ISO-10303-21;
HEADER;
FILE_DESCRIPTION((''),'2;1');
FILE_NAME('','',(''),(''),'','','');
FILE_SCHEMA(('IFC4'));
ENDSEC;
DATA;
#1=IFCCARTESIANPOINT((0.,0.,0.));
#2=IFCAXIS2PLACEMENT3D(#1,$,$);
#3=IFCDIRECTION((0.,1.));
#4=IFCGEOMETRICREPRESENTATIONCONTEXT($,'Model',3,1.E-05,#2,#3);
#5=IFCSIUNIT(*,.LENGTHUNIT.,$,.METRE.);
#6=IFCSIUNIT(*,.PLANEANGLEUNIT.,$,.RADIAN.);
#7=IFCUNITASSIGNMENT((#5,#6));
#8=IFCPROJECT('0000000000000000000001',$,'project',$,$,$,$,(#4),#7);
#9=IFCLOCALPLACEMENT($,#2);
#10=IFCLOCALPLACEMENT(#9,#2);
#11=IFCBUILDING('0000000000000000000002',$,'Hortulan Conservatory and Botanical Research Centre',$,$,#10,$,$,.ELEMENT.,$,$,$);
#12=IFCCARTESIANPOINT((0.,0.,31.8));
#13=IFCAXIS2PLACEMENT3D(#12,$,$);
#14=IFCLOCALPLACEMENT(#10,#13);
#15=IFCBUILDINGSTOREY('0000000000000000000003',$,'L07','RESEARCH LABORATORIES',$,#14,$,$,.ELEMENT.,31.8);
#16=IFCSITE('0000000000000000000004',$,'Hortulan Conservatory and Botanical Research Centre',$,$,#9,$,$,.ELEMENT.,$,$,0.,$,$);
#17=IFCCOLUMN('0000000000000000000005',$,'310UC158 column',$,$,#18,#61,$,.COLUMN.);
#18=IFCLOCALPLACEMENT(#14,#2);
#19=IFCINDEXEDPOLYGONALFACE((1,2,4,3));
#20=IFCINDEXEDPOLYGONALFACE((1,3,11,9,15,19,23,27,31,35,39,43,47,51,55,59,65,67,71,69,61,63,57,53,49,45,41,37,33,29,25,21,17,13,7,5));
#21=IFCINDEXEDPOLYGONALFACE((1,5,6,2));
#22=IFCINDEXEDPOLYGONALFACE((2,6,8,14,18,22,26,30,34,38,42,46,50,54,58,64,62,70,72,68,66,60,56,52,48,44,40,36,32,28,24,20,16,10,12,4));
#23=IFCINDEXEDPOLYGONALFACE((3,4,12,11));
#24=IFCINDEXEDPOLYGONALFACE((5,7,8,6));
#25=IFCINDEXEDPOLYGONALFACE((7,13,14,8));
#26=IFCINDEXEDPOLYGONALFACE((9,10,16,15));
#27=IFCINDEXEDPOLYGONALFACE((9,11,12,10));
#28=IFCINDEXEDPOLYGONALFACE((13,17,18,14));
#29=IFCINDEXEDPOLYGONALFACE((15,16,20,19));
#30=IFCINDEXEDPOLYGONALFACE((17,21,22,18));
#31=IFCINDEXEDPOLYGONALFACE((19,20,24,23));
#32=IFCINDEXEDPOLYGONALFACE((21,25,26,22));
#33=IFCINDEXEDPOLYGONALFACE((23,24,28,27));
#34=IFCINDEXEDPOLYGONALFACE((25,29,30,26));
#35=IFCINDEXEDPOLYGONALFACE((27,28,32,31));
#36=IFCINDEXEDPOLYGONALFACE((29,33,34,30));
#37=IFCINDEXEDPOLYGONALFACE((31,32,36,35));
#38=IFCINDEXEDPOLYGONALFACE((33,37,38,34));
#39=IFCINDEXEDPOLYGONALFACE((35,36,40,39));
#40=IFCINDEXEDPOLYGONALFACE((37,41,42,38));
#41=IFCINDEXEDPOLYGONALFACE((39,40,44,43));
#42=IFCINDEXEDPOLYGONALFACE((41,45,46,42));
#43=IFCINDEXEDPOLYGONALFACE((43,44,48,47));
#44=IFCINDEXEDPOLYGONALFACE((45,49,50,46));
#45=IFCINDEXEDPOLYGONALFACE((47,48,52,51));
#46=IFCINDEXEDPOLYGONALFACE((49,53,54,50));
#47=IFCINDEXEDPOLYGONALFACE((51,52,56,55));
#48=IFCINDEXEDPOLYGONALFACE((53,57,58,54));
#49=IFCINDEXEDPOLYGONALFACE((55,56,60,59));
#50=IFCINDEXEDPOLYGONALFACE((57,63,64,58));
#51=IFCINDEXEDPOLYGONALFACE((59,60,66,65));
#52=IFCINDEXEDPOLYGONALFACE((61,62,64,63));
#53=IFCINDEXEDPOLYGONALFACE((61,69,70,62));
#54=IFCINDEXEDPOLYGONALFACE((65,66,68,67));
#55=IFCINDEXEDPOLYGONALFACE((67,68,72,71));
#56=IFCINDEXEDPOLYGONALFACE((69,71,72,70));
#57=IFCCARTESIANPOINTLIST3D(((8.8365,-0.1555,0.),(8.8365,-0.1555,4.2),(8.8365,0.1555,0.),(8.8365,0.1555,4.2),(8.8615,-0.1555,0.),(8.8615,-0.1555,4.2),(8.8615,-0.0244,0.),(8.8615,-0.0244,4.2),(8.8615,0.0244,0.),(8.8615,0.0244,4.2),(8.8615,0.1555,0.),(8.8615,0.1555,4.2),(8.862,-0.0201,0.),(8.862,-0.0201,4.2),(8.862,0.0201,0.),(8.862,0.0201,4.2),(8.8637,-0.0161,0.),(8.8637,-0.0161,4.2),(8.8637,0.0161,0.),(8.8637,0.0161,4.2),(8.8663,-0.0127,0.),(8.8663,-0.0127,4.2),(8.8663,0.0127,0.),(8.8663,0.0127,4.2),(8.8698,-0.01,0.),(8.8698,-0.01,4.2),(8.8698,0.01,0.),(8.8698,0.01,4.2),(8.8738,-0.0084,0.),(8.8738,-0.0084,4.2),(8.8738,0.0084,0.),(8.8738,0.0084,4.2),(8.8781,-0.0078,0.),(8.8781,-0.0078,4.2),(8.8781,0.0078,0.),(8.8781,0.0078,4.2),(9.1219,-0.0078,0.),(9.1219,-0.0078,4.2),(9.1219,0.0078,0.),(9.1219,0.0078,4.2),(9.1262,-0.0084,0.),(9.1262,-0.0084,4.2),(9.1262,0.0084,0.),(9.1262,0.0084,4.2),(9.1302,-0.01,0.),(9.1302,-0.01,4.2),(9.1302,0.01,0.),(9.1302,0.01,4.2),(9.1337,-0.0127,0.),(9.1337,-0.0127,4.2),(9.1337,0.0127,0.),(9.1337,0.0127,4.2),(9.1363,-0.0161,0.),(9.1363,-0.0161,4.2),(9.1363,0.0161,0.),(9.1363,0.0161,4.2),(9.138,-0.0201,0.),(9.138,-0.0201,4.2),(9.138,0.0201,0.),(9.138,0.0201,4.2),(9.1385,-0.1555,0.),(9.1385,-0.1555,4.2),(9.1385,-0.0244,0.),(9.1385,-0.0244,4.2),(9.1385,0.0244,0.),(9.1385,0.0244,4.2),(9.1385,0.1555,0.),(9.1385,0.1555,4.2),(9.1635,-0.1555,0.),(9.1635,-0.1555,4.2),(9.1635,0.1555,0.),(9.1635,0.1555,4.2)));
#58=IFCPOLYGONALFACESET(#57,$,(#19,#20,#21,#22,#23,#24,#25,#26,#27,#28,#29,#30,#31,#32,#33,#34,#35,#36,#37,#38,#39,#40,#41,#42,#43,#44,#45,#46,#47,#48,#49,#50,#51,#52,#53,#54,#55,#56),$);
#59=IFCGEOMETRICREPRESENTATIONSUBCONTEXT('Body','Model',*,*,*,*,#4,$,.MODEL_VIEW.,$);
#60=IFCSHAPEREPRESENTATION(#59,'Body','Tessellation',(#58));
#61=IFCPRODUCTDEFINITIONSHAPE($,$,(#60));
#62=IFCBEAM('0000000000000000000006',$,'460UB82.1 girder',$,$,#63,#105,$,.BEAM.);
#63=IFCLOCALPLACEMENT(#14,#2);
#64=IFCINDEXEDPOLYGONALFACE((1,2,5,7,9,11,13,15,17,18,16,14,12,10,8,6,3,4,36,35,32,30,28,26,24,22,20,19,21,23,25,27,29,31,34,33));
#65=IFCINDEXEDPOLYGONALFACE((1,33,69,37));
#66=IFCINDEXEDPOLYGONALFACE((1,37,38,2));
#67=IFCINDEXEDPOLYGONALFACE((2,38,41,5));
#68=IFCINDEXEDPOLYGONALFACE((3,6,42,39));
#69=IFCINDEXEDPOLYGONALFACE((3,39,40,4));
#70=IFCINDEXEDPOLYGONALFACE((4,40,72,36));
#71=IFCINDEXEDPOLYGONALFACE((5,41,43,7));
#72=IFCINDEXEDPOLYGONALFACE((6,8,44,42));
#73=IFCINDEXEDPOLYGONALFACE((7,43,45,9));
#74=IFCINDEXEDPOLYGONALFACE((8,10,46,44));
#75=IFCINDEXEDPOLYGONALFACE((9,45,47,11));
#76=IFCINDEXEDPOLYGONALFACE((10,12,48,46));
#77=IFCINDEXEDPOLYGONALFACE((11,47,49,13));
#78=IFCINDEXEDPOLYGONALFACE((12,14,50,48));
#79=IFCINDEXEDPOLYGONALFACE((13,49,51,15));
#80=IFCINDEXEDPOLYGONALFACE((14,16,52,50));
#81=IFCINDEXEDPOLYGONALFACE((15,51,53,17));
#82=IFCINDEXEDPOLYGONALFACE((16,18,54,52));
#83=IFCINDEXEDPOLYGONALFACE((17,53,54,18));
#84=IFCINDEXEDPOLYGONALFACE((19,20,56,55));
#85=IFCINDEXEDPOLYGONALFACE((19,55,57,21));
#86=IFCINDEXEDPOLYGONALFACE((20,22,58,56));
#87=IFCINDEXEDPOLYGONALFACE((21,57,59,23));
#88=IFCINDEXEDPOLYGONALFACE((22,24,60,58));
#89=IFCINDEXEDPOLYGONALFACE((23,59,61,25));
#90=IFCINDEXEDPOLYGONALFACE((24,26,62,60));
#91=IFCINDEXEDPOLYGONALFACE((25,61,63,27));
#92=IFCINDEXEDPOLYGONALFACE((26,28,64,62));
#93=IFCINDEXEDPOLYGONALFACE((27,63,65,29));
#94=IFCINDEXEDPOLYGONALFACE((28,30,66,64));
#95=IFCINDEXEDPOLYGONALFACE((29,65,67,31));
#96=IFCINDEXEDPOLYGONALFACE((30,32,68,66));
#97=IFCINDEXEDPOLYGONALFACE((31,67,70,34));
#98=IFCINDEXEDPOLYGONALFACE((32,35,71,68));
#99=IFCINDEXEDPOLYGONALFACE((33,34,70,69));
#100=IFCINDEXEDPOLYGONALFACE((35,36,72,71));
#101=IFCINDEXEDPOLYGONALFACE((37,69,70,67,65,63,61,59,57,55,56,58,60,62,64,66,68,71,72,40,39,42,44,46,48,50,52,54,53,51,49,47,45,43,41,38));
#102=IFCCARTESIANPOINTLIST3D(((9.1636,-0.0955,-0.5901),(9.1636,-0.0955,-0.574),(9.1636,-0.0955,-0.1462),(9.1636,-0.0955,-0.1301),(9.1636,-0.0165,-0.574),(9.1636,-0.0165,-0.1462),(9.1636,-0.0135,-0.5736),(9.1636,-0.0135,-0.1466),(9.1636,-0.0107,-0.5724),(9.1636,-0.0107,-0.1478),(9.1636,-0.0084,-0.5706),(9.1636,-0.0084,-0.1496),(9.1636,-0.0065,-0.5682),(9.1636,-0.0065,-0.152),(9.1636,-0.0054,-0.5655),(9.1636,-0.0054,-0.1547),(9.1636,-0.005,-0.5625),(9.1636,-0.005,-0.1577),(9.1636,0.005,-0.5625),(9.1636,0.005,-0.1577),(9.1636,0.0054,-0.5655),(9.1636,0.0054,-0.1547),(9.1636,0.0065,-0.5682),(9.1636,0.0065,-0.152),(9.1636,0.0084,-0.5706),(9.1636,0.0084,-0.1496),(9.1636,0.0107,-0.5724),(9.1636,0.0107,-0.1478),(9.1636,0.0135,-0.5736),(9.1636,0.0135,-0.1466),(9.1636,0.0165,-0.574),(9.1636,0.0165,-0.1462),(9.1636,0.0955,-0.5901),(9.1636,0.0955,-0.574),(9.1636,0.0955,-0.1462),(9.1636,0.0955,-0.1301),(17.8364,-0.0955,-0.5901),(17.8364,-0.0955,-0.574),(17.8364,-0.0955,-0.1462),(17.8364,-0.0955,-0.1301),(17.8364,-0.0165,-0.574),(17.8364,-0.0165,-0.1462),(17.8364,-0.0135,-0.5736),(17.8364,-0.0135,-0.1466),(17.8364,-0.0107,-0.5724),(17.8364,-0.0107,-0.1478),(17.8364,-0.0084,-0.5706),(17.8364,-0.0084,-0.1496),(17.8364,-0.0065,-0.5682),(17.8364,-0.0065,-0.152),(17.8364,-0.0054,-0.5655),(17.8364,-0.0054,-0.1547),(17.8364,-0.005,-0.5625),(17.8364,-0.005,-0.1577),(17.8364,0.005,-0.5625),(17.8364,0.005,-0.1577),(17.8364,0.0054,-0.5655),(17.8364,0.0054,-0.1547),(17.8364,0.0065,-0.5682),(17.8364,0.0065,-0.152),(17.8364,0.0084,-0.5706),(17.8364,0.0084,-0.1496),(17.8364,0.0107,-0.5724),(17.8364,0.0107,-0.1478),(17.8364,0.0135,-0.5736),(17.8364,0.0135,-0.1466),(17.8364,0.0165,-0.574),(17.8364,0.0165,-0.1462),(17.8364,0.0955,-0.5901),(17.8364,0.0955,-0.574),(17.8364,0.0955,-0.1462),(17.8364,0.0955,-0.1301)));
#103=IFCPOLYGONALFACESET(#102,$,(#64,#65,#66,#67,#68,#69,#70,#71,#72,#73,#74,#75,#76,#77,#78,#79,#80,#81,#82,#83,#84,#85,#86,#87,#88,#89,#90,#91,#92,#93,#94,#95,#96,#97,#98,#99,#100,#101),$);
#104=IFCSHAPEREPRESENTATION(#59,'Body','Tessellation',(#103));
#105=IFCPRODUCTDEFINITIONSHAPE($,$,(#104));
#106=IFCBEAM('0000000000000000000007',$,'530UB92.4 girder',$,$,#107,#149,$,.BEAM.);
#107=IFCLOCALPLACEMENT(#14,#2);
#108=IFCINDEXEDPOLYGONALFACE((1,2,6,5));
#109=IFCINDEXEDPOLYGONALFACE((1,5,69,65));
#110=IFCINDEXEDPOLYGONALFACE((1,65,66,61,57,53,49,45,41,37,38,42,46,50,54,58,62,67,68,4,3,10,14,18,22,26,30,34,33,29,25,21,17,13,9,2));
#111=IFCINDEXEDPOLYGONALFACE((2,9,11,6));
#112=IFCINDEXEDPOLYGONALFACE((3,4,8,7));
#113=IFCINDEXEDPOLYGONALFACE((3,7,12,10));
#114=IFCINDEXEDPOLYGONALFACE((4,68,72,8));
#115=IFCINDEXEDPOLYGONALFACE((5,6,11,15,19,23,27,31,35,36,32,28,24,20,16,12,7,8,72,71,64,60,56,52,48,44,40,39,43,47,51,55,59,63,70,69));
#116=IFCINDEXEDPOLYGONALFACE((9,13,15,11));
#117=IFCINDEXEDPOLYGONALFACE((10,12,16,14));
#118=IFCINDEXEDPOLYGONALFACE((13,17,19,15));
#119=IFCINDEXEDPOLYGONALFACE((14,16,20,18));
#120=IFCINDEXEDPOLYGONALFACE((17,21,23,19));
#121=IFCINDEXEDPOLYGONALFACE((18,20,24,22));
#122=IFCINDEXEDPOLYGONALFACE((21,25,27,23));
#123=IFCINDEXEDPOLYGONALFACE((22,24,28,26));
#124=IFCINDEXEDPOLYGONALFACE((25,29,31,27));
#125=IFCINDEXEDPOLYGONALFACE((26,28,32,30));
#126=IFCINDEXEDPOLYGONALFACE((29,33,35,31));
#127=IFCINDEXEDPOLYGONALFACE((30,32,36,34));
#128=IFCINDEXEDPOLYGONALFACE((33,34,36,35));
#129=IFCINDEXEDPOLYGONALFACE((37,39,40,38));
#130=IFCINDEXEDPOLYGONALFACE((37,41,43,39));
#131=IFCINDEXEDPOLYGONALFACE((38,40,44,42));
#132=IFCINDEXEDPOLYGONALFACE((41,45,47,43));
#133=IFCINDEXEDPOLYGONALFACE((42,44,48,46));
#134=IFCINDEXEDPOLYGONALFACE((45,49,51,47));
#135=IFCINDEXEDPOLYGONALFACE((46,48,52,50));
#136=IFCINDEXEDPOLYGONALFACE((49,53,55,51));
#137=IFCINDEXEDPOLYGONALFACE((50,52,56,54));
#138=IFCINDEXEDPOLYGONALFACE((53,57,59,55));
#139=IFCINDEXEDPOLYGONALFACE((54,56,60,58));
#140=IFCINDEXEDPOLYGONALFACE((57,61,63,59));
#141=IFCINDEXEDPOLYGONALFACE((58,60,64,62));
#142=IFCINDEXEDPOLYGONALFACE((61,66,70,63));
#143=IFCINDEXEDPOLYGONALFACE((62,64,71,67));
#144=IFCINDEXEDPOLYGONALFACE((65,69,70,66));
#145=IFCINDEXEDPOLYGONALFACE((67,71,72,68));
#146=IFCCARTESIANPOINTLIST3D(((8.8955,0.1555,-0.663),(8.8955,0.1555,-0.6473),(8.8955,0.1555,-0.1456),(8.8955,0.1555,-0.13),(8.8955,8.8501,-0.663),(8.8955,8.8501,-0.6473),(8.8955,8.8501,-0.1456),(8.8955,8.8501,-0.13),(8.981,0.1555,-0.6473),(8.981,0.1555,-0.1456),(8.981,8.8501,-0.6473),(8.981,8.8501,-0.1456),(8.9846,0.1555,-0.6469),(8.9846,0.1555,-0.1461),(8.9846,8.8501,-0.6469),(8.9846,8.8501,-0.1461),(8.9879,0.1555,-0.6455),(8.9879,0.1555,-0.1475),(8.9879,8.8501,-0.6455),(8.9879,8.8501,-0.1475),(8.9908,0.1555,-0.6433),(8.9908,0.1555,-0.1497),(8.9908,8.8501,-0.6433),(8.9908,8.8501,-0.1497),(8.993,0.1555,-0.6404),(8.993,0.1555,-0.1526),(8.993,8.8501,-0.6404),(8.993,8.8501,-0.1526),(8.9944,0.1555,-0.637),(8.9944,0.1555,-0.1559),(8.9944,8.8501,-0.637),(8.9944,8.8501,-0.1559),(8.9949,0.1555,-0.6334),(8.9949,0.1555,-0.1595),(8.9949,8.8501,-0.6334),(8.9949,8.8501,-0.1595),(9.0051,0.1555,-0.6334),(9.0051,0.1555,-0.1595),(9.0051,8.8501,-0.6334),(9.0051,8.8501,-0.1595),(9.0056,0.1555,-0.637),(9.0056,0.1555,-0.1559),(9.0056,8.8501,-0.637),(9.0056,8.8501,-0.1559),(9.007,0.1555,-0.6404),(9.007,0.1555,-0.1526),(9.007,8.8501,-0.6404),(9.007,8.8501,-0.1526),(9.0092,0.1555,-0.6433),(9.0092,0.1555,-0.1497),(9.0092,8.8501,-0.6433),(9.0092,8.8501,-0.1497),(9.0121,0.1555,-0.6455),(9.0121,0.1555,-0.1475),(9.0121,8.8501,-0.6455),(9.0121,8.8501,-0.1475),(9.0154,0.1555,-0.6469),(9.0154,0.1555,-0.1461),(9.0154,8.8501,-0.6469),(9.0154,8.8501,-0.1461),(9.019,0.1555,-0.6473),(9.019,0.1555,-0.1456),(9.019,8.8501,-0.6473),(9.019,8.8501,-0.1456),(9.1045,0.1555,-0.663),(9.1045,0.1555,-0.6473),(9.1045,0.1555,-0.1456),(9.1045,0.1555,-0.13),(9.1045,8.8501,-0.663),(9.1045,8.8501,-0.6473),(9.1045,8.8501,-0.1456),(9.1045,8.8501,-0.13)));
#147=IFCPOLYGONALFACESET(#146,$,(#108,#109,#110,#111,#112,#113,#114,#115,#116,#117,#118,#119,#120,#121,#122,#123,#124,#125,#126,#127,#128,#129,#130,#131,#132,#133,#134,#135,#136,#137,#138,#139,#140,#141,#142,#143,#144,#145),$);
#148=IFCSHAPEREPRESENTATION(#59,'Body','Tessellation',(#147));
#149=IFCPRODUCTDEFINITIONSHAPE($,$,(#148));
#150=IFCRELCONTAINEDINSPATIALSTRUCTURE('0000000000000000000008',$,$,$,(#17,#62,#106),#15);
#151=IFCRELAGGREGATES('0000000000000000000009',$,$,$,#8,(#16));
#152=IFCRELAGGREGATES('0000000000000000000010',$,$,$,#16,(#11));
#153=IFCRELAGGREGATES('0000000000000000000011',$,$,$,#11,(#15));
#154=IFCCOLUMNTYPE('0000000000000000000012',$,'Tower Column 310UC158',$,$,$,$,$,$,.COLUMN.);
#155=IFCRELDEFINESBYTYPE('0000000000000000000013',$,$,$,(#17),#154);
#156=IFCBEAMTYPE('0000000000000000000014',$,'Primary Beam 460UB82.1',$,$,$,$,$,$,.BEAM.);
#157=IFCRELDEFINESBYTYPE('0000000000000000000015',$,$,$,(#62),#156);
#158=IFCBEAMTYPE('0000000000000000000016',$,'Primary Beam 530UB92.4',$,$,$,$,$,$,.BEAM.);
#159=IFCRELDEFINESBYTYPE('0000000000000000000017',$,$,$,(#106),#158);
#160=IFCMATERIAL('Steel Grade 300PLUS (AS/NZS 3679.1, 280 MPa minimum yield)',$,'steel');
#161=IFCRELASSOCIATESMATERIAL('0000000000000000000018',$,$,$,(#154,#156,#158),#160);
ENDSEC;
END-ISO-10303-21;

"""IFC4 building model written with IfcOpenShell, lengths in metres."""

from ifc_helpers import new_model, si_unit, direction, frame, origin, origin_2d, place, context, subcontext, project, spatial, i_section, extrude, material, material_profile, profile_set, type_object, element, save


model = new_model("IFC4")

# Units and contexts
model_context = context("Model", 3, precision=1e-05, world=origin(), true_north=direction((0.0, 1.0)))
body_context = subcontext(model_context, "Body", "Model", "MODEL_VIEW")
ifc_project = project(units=[si_unit("LENGTHUNIT", "METRE"), si_unit("PLANEANGLEUNIT", "RADIAN")], contexts=[model_context])

# Site, building, storey
site_placement = place(None, origin())
site = spatial("IfcSite", under=ifc_project, at=site_placement, Name="Hortulan Conservatory and Botanical Research Centre", CompositionType="ELEMENT", RefElevation=0.0)
building_placement = place(site_placement, origin())
building = spatial("IfcBuilding", under=site, at=building_placement, Name="Hortulan Conservatory and Botanical Research Centre", CompositionType="ELEMENT")
storey_placement = place(building_placement, frame((0.0, 0.0, 31.8)))
storey = spatial("IfcBuildingStorey", under=building, at=storey_placement, Name="L07", Description="RESEARCH LABORATORIES", CompositionType="ELEMENT", Elevation=31.8)

# Column
ifc_material_1 = material(Name="Steel Grade 300PLUS (AS/NZS 3679.1, 280 MPa minimum yield)", Category="steel")
ifc_material_profile_1 = material_profile(ifc_material_1, i_section(OverallWidth=0.311, OverallDepth=0.3269, WebThickness=0.0156, FlangeThickness=0.0249, FilletRadius=0.0166, at=origin_2d()), Name="310UC158")
ifc_profile_set_1 = profile_set([ifc_material_profile_1], Name="Steel Grade 300PLUS (AS/NZS 3679.1, 280 MPa minimum yield)")
column_type = type_object("IfcColumnType", Name="Tower Column 310UC158", PredefinedType="COLUMN", material=ifc_profile_set_1)
column_placement = place(storey_placement, frame((9.0, 0.0, 0.0), z_axis=(0.0, 0.0, 1.0), x_axis=(0.0, 1.0, 0.0)))
element("IfcColumn", 1, at=column_placement, inside=storey, type_object=column_type, Name="310UC158 column", PredefinedType="COLUMN", context=body_context, shape_type="SweptSolid", body=[
    extrude(i_section(OverallWidth=0.311, OverallDepth=0.3269, WebThickness=0.0156, FlangeThickness=0.0249, FilletRadius=0.0166, at=origin_2d()), origin(), (0.0, 0.0, 1.0), 4.2),
])

# Beams
ifc_material_profile_2 = material_profile(ifc_material_1, i_section(OverallWidth=0.1909, OverallDepth=0.46, WebThickness=0.01, FlangeThickness=0.0161, FilletRadius=0.0115, at=origin_2d()), Name="460UB82.1")
ifc_profile_set_2 = profile_set([ifc_material_profile_2], Name="Steel Grade 300PLUS (AS/NZS 3679.1, 280 MPa minimum yield)")
beam_type_1 = type_object("IfcBeamType", Name="Primary Beam 460UB82.1", PredefinedType="BEAM", material=ifc_profile_set_2)
beam_1_placement = place(storey_placement, frame((9.1636, 0.0, -0.3601), z_axis=(1.0, 0.0, 0.0), x_axis=(0.0, 1.0, 0.0)))
element("IfcBeam", 2, at=beam_1_placement, inside=storey, type_object=beam_type_1, Name="460UB82.1 girder", PredefinedType="BEAM", context=body_context, shape_type="SweptSolid", body=[
    extrude(i_section(OverallWidth=0.1909, OverallDepth=0.46, WebThickness=0.01, FlangeThickness=0.0161, FilletRadius=0.0115, at=origin_2d()), origin(), (0.0, 0.0, 1.0), 8.6729),
])
ifc_material_profile_3 = material_profile(ifc_material_1, i_section(OverallWidth=0.209, OverallDepth=0.533, WebThickness=0.0103, FlangeThickness=0.0156, FilletRadius=0.0139, at=origin_2d()), Name="530UB92.4")
ifc_profile_set_3 = profile_set([ifc_material_profile_3], Name="Steel Grade 300PLUS (AS/NZS 3679.1, 280 MPa minimum yield)")
beam_type_2 = type_object("IfcBeamType", Name="Primary Beam 530UB92.4", PredefinedType="BEAM", material=ifc_profile_set_3)
beam_2_placement = place(storey_placement, frame((9.0, 0.1555, -0.3965), z_axis=(0.0, 1.0, 0.0), x_axis=(-1.0, 0.0, 0.0)))
element("IfcBeam", 3, at=beam_2_placement, inside=storey, type_object=beam_type_2, Name="530UB92.4 girder", PredefinedType="BEAM", context=body_context, shape_type="SweptSolid", body=[
    extrude(i_section(OverallWidth=0.209, OverallDepth=0.533, WebThickness=0.0103, FlangeThickness=0.0156, FilletRadius=0.0139, at=origin_2d()), origin(), (0.0, 0.0, 1.0), 8.6946),
])

save(model, "model.ifc")
